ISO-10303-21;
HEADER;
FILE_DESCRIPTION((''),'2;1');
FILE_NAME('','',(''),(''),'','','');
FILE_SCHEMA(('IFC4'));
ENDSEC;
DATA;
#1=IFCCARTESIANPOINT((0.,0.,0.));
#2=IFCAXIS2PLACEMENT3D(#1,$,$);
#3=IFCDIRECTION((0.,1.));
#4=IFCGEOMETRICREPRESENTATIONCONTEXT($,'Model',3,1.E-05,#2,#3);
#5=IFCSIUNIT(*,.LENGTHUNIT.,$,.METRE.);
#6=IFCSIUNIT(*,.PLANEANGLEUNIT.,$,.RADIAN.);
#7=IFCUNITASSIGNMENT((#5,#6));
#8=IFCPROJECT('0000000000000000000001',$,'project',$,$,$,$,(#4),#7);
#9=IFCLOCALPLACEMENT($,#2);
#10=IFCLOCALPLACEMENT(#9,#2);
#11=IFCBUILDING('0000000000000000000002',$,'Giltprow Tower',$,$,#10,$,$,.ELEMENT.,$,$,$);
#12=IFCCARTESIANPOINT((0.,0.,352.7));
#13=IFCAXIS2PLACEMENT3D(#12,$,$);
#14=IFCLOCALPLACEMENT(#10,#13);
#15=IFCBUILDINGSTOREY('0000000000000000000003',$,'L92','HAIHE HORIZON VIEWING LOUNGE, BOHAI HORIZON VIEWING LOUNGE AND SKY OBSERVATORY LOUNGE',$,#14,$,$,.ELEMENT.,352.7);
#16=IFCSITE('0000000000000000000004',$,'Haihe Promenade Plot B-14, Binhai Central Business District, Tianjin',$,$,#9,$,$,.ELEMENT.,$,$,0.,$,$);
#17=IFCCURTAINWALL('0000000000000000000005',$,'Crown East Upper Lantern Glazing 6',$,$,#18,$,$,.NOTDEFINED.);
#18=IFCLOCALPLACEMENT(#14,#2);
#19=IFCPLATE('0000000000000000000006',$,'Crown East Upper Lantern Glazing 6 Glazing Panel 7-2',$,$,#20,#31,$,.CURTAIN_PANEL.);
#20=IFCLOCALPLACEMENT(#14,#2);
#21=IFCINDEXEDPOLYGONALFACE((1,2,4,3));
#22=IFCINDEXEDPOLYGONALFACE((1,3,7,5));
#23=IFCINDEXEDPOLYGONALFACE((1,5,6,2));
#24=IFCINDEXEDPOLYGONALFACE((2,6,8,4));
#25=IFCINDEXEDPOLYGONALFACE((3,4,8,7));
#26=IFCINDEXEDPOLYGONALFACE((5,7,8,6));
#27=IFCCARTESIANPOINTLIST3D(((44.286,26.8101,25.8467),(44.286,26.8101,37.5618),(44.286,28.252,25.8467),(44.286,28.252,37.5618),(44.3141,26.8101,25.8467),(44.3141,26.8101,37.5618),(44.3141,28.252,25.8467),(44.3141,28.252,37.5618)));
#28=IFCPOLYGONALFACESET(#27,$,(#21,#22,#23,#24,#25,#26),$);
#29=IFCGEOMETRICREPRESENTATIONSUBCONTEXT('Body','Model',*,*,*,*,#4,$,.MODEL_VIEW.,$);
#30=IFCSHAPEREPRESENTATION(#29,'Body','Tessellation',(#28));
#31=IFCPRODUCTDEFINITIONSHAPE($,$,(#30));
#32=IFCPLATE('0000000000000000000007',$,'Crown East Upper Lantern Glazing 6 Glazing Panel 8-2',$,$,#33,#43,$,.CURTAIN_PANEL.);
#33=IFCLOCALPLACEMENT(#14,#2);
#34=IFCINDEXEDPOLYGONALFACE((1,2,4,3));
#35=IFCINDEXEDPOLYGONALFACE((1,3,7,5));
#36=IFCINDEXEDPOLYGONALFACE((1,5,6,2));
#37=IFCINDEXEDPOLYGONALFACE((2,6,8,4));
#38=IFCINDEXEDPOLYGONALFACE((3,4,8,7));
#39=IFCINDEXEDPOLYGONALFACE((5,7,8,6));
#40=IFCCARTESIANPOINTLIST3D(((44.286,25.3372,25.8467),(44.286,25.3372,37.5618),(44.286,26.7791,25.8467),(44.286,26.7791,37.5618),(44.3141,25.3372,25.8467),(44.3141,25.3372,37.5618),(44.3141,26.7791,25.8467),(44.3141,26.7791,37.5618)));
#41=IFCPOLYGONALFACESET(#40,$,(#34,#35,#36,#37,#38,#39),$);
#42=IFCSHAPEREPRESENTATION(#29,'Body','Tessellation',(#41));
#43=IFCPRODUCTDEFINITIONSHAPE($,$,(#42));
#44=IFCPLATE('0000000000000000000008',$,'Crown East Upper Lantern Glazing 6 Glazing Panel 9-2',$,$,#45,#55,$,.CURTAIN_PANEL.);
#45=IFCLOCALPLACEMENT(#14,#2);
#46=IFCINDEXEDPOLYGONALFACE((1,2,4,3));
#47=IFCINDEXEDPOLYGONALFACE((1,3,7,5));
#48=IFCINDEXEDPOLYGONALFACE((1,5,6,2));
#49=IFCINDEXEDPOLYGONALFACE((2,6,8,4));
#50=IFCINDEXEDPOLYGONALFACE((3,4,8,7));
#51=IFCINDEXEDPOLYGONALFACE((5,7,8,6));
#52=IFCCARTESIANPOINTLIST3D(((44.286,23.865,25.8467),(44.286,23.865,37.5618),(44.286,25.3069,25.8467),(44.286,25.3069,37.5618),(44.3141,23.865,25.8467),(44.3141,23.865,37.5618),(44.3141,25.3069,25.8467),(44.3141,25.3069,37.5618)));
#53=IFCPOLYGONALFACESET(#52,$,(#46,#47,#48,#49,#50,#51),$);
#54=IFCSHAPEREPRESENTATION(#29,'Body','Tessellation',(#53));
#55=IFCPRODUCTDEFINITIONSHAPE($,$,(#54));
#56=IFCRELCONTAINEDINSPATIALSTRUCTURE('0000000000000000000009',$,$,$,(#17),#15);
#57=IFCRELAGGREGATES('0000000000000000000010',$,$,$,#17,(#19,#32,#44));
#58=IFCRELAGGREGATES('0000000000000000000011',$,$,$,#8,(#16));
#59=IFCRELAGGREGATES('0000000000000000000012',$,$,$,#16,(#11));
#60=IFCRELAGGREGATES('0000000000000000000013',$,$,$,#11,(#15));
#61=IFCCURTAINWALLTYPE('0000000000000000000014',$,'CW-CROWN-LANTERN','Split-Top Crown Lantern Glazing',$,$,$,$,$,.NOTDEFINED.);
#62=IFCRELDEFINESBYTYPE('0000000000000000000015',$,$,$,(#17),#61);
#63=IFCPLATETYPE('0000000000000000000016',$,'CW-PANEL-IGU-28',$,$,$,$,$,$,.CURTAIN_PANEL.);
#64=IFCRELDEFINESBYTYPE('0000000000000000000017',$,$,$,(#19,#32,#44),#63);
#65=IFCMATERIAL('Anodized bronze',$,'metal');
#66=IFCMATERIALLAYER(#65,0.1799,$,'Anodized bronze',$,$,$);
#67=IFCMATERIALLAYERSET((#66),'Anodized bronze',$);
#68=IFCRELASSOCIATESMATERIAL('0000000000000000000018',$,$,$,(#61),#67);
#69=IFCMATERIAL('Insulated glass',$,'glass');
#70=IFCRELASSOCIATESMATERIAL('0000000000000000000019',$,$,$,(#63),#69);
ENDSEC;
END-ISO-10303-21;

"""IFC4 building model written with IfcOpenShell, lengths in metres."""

from ifc_helpers import new_model, si_unit, direction, frame, origin, origin_2d, place, context, subcontext, project, spatial, rectangle, extrude, source, transform, mapped, material, layer, layer_set, type_object, element, aggregate, save


model = new_model("IFC4")

# Units and contexts
model_context = context("Model", 3, precision=1e-05, world=origin(), true_north=direction((0.0, 1.0)))
body_context = subcontext(model_context, "Body", "Model", "MODEL_VIEW")
ifc_project = project(units=[si_unit("LENGTHUNIT", "METRE"), si_unit("PLANEANGLEUNIT", "RADIAN")], contexts=[model_context])

# Site, building, storey
site_placement = place(None, origin())
site = spatial("IfcSite", under=ifc_project, at=site_placement, Name="Haihe Promenade Plot B-14, Binhai Central Business District, Tianjin", CompositionType="ELEMENT", RefElevation=0.0)
building_placement = place(site_placement, origin())
building = spatial("IfcBuilding", under=site, at=building_placement, Name="Giltprow Tower", CompositionType="ELEMENT")
storey_placement = place(building_placement, frame((0.0, 0.0, 352.7)))
storey = spatial("IfcBuildingStorey", under=building, at=storey_placement, Name="L92", Description="HAIHE HORIZON VIEWING LOUNGE, BOHAI HORIZON VIEWING LOUNGE AND SKY OBSERVATORY LOUNGE", CompositionType="ELEMENT", Elevation=352.7)

# Shared definitions
ifc_material_1 = material(Name="Anodized bronze", Category="metal")
ifc_layer_1 = layer(ifc_material_1, 0.1799, Name="Anodized bronze")
ifc_layer_set_1 = layer_set([ifc_layer_1], Name="Anodized bronze")
curtain_wall_type = type_object("IfcCurtainWallType", Name="CW-CROWN-LANTERN", Description="Split-Top Crown Lantern Glazing", PredefinedType="NOTDEFINED", material=ifc_layer_set_1)

# Shared definitions
ifc_material_2 = material(Name="Insulated glass", Category="glass")
plate_type_1 = type_object("IfcPlateType", Name="CW-PANEL-IGU-28", PredefinedType="CURTAIN_PANEL", material=ifc_material_2)
shared_shape_1 = source(origin(), body_context, "Body", "SweptSolid", [
    extrude(rectangle(XDim=1.4419, YDim=0.0281, at=origin_2d()), origin(), (0.0, 0.0, 1.0), 11.7151),
])

# Curtain wall, plates
curtain_wall_1_placement = place(storey_placement, origin())
curtain_wall_1 = element("IfcCurtainWall", 1, at=curtain_wall_1_placement, inside=storey, type_object=curtain_wall_type, Name="Crown East Upper Lantern Glazing 6", PredefinedType="NOTDEFINED")
plate_1_placement = place(storey_placement, frame((44.3, 27.531, 25.8467), z_axis=(0.0, 0.0, 1.0), x_axis=(0.0, -1.0, 0.0)))
plate_1 = element("IfcPlate", 2, at=plate_1_placement, type_object=plate_type_1, Name="Crown East Upper Lantern Glazing 6 Glazing Panel 7-2", PredefinedType="CURTAIN_PANEL", context=body_context, shape_type="MappedRepresentation", body=[
    mapped(shared_shape_1, transform((0.0, 0.0, 0.0), x_axis=(1.0, 0.0, 0.0), y_axis=(0.0, 1.0, 0.0), z_axis=(0.0, 0.0, 1.0), scale=1.0)),
])
plate_2_placement = place(storey_placement, frame((44.3, 26.0581, 25.8467), z_axis=(0.0, 0.0, 1.0), x_axis=(0.0, -1.0, 0.0)))
plate_2 = element("IfcPlate", 3, at=plate_2_placement, type_object=plate_type_1, Name="Crown East Upper Lantern Glazing 6 Glazing Panel 8-2", PredefinedType="CURTAIN_PANEL", context=body_context, shape_type="MappedRepresentation", body=[
    mapped(shared_shape_1, transform((0.0, 0.0, 0.0), x_axis=(1.0, 0.0, 0.0), y_axis=(0.0, 1.0, 0.0), z_axis=(0.0, 0.0, 1.0), scale=1.0)),
])
plate_3_placement = place(storey_placement, frame((44.3, 24.5859, 25.8467), z_axis=(0.0, 0.0, 1.0), x_axis=(0.0, -1.0, 0.0)))
plate_3 = element("IfcPlate", 4, at=plate_3_placement, type_object=plate_type_1, Name="Crown East Upper Lantern Glazing 6 Glazing Panel 9-2", PredefinedType="CURTAIN_PANEL", context=body_context, shape_type="MappedRepresentation", body=[
    mapped(shared_shape_1, transform((0.0, 0.0, 0.0), x_axis=(1.0, 0.0, 0.0), y_axis=(0.0, 1.0, 0.0), z_axis=(0.0, 0.0, 1.0), scale=1.0)),
])
aggregate(curtain_wall_1, [plate_1, plate_2, plate_3])

save(model, "model.ifc")
